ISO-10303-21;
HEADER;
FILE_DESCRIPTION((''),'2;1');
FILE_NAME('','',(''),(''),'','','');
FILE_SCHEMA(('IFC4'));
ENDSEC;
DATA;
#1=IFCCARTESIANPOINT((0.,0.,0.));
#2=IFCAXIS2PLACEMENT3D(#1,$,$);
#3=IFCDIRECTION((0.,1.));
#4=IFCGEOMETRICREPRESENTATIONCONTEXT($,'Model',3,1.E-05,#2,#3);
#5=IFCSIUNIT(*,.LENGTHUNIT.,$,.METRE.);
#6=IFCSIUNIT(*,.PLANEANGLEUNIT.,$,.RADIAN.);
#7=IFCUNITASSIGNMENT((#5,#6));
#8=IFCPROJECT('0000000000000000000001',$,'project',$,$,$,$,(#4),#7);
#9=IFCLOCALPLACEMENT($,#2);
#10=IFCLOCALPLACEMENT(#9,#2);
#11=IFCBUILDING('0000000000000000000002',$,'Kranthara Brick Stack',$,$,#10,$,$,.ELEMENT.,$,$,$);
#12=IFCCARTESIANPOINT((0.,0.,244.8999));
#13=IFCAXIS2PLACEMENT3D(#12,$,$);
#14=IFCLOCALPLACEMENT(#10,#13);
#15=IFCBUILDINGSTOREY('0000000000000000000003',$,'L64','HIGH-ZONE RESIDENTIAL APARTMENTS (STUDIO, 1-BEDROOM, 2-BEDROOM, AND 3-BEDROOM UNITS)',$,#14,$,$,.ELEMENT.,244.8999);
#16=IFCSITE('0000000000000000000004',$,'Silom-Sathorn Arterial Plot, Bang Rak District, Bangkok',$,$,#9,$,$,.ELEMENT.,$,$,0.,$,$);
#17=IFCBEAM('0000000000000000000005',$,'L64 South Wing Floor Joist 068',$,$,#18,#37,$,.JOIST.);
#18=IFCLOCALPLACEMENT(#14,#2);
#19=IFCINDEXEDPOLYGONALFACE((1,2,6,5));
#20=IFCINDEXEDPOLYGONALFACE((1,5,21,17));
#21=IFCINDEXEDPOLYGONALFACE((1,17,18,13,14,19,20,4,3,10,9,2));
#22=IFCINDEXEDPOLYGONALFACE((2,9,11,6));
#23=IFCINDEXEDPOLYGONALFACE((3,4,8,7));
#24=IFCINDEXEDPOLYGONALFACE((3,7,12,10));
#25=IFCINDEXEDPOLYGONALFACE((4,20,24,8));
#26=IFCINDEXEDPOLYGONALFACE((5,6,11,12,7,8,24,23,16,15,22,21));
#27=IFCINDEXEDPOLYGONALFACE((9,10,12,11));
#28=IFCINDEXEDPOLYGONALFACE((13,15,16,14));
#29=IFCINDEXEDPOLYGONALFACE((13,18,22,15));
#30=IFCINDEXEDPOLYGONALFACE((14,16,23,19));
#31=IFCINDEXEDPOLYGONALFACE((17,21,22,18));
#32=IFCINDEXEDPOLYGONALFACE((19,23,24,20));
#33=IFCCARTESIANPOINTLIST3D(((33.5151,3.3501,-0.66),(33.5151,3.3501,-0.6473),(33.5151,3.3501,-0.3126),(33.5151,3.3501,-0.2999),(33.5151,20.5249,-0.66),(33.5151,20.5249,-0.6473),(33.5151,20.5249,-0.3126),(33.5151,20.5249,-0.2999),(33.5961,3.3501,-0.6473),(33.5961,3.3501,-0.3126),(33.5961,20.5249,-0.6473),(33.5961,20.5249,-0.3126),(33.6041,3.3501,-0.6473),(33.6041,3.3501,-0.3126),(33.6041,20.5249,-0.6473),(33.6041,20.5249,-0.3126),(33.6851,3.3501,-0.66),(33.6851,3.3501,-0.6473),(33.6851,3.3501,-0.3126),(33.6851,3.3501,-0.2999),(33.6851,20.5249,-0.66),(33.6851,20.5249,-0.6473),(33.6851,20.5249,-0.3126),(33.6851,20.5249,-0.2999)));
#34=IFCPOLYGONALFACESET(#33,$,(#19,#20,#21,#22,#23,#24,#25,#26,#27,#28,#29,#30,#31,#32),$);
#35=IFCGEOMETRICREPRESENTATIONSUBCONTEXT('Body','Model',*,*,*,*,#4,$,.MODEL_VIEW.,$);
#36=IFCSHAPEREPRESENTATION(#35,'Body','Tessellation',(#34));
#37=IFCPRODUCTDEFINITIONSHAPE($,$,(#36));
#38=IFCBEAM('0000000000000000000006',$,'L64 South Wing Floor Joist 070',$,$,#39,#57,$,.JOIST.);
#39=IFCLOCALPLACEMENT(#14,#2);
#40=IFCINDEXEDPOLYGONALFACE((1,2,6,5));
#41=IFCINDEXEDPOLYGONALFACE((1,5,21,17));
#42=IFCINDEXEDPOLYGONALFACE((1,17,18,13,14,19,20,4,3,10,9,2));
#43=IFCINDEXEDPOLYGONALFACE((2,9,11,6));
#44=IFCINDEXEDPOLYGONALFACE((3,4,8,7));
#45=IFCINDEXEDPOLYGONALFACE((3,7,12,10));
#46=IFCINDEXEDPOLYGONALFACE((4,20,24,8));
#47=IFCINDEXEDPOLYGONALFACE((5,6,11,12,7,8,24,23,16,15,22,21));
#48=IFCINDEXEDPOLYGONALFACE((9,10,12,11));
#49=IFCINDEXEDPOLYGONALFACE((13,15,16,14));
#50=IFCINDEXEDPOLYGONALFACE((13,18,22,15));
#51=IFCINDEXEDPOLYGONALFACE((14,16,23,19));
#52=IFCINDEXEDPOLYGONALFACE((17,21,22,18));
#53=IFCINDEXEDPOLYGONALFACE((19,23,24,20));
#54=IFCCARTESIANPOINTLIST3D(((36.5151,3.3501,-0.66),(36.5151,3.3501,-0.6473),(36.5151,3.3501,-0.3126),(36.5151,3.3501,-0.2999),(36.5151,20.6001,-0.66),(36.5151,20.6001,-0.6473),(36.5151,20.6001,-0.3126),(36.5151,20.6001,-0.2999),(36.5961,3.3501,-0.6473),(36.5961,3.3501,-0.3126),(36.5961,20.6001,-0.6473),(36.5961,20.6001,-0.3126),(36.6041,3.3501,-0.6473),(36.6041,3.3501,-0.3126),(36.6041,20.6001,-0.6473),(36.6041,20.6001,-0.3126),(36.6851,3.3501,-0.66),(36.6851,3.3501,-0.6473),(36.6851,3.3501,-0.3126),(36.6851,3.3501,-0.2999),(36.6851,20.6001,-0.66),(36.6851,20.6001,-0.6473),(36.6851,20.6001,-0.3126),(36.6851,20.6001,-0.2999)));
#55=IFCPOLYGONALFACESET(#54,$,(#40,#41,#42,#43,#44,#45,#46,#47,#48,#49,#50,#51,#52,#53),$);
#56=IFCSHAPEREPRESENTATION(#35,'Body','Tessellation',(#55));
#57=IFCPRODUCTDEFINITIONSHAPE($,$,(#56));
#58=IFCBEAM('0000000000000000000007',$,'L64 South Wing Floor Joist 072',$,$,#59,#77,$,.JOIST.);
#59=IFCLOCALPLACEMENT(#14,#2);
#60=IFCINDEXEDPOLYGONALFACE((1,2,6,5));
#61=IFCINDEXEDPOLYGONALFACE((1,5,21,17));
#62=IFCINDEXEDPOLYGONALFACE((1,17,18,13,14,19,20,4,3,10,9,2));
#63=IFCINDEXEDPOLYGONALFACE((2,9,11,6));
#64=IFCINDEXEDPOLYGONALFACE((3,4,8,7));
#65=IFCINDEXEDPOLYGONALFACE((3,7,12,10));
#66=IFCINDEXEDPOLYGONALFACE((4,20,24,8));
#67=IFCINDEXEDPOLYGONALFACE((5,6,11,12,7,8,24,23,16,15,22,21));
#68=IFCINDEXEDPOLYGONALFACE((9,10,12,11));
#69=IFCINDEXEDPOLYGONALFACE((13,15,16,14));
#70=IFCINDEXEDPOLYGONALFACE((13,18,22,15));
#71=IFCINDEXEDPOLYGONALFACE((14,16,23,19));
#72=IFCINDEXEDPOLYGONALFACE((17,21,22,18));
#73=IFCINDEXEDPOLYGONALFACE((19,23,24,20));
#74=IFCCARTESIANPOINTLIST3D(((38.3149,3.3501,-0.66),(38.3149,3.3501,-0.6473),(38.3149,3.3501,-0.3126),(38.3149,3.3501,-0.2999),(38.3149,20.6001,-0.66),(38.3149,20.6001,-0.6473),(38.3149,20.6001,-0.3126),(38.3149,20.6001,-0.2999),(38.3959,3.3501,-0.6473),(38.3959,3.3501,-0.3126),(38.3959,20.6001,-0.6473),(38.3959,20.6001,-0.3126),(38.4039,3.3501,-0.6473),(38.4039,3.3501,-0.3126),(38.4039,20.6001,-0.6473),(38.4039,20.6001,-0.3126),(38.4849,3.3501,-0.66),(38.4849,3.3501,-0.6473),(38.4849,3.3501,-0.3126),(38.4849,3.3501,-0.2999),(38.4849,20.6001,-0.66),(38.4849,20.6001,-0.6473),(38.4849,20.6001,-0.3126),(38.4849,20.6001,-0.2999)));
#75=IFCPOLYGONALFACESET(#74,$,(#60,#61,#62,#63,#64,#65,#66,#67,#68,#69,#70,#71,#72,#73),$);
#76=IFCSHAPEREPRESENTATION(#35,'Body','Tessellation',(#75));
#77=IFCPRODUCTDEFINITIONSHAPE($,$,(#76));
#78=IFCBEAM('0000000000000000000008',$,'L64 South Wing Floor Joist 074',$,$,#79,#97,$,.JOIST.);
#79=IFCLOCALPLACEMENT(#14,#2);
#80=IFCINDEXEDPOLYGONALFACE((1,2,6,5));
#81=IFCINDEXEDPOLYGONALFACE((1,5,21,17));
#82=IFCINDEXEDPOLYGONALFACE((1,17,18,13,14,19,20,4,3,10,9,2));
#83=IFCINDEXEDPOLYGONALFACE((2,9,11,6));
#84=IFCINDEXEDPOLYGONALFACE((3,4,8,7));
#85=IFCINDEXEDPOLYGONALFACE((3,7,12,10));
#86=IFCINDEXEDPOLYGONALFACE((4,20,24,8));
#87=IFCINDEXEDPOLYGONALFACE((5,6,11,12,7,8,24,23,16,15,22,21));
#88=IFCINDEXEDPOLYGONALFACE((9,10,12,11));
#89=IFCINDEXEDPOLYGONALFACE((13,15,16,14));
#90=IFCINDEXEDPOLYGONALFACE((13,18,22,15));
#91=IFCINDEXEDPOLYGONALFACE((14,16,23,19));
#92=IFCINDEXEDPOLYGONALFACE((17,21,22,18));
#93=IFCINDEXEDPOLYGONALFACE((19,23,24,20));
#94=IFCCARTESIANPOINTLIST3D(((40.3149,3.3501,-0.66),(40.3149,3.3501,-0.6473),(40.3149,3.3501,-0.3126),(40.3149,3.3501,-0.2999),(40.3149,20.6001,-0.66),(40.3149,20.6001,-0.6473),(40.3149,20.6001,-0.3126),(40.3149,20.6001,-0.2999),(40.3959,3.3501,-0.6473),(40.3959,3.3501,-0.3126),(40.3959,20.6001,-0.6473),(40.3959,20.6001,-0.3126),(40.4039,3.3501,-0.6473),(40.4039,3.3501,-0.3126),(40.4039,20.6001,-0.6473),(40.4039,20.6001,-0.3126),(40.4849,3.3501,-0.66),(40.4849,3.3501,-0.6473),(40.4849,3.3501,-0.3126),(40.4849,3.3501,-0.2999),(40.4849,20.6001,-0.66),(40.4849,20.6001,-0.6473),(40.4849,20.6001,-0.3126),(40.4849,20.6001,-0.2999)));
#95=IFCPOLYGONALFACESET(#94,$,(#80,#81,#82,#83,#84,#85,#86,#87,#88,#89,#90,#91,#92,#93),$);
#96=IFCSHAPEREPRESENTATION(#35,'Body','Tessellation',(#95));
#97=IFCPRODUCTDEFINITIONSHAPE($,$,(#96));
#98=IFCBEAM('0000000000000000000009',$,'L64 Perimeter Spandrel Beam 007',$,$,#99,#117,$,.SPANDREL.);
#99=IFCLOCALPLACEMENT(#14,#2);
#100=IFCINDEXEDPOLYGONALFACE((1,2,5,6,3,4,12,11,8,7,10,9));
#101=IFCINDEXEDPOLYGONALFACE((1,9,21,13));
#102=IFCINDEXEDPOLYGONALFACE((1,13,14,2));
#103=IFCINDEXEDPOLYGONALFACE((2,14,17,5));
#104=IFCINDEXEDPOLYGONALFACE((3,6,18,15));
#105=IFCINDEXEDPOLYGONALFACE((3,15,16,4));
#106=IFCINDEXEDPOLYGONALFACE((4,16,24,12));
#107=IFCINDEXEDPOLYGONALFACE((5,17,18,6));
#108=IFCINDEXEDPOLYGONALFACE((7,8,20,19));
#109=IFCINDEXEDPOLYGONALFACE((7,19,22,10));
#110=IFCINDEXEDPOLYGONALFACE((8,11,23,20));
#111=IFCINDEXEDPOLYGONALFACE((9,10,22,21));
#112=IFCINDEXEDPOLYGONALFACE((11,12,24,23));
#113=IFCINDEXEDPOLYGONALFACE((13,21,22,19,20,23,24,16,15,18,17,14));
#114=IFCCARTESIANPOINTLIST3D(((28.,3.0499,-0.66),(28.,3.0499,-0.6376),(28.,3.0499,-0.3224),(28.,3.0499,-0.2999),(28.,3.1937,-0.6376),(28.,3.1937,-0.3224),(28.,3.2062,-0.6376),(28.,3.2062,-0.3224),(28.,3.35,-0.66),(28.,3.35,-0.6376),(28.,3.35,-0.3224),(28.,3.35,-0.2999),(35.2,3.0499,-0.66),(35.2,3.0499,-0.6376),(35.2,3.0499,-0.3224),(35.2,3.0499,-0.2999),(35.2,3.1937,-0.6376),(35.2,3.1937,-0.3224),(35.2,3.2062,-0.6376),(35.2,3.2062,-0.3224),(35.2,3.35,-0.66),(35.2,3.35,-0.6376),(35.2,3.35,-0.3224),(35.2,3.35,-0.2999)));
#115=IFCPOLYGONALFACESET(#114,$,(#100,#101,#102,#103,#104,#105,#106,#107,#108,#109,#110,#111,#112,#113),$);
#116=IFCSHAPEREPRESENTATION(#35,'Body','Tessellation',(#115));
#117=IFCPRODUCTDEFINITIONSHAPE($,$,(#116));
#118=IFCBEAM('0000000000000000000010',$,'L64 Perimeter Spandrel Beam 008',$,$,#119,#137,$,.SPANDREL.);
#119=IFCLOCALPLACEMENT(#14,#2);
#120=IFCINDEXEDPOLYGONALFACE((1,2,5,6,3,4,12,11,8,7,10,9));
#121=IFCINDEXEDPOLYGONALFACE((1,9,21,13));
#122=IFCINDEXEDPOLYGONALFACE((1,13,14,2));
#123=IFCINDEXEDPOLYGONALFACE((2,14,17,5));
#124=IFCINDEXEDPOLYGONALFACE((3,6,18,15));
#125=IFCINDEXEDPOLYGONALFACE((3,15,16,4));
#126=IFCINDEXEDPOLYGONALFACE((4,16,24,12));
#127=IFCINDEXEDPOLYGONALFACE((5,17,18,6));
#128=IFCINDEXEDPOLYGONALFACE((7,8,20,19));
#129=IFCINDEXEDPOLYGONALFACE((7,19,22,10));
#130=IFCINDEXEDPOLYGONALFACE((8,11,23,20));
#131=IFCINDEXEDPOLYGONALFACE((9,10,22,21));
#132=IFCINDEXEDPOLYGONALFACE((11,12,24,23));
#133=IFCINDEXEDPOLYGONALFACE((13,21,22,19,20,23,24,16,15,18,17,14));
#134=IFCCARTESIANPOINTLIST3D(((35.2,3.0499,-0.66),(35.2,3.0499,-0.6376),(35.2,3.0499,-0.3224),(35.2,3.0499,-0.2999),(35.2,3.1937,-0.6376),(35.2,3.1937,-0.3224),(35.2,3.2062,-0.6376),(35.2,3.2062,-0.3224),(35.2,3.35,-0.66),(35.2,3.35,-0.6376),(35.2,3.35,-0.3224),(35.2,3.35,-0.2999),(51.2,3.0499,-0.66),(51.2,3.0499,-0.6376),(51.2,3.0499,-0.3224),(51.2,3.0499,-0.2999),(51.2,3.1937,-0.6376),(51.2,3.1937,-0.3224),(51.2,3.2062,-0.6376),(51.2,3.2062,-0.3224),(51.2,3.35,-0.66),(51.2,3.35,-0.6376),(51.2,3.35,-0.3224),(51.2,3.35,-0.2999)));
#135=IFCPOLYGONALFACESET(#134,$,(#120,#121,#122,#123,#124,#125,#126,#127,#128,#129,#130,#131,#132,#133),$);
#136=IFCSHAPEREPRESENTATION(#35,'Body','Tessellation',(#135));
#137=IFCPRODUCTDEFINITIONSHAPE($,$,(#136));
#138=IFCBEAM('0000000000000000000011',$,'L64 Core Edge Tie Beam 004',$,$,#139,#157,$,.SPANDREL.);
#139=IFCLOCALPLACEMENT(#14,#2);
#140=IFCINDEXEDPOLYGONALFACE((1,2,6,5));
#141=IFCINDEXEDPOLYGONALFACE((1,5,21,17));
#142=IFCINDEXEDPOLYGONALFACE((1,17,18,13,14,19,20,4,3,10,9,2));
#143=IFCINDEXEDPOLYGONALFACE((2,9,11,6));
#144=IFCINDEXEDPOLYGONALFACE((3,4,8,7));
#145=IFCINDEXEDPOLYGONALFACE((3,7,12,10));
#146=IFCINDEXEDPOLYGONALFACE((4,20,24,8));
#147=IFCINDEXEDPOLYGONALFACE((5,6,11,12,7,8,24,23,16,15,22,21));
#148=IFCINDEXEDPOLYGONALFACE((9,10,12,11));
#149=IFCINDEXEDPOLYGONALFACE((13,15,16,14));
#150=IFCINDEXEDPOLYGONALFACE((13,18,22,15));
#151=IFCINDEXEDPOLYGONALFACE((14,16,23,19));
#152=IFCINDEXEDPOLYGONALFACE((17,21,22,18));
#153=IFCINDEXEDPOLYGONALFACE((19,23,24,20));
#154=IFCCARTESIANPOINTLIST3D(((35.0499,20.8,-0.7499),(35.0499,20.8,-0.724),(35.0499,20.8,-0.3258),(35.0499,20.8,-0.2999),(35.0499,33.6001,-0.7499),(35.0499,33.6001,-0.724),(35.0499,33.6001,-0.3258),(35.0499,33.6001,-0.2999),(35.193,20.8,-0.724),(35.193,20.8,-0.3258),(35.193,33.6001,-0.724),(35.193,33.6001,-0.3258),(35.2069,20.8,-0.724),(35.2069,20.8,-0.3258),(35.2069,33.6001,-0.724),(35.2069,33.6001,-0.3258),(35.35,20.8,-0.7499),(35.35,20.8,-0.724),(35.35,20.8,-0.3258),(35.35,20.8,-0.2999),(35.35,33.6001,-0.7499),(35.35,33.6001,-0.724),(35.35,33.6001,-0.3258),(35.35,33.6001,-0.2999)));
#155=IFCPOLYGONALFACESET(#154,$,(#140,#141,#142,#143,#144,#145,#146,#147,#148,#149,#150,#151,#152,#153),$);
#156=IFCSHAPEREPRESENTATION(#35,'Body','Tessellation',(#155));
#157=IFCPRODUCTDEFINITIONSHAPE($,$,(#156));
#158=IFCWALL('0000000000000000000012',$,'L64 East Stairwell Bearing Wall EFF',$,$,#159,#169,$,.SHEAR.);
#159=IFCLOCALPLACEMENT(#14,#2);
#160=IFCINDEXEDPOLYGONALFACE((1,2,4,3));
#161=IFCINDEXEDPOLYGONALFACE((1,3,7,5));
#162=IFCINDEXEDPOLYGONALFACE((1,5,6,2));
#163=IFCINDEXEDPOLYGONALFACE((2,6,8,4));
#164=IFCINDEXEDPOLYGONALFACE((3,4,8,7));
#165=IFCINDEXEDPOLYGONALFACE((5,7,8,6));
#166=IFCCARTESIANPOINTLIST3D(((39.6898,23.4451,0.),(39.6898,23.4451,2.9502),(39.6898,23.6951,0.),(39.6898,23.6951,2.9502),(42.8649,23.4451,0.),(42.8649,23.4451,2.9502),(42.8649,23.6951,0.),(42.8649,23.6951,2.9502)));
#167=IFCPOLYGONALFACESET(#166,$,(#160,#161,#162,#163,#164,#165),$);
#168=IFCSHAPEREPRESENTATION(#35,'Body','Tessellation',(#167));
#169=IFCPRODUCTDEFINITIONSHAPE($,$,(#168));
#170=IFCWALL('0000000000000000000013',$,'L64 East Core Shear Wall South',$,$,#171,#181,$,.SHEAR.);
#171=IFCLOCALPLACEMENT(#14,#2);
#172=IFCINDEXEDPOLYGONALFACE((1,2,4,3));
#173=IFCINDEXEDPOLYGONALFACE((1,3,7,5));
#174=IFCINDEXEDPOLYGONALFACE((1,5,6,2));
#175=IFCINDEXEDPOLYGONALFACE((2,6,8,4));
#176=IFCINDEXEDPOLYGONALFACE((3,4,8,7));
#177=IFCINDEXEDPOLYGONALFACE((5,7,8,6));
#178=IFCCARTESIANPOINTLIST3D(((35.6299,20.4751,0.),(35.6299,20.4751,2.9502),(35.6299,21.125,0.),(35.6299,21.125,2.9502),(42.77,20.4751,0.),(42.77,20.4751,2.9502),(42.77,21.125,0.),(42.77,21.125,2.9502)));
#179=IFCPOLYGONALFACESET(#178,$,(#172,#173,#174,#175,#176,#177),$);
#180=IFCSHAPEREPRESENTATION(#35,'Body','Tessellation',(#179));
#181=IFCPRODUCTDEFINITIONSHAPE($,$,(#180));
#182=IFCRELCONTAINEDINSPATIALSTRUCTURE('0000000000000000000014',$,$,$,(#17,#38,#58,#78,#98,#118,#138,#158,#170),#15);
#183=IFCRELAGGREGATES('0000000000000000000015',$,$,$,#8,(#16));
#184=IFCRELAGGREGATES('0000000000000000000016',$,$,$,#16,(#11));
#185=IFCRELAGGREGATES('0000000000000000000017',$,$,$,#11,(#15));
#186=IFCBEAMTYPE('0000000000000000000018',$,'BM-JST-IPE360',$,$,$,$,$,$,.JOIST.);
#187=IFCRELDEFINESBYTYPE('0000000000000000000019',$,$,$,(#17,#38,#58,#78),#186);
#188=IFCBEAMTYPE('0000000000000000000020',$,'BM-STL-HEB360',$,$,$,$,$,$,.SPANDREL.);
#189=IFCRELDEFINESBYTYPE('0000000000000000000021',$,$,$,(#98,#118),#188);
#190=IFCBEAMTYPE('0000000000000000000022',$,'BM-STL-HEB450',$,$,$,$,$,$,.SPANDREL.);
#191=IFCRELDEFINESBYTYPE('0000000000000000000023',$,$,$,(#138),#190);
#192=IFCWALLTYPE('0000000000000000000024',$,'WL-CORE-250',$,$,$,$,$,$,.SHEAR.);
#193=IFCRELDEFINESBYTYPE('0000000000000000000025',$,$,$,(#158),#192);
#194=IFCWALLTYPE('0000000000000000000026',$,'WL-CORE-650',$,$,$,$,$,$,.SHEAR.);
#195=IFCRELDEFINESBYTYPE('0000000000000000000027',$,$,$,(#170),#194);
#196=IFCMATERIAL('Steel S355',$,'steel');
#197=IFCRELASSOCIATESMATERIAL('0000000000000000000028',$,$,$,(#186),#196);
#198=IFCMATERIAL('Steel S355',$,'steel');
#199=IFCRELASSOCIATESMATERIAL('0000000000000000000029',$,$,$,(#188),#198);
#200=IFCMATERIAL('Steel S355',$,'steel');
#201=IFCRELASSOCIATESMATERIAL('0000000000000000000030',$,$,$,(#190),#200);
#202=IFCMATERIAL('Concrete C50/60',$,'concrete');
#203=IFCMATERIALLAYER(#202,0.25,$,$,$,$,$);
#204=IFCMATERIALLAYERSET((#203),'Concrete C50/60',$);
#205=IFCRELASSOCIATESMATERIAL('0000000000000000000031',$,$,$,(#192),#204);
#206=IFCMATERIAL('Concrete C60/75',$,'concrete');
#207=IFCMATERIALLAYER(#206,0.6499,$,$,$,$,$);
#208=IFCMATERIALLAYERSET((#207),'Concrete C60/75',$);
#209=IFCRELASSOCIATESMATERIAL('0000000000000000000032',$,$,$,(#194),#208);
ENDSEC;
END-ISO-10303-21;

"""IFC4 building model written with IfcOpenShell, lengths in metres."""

from ifc_helpers import new_model, si_unit, direction, frame, frame_2d, origin, origin_2d, place, context, subcontext, project, spatial, rectangle, i_section, extrude, material, layer, layer_set, material_profile, profile_set, type_object, element, save


model = new_model("IFC4")

# Units and contexts
model_context = context("Model", 3, precision=1e-05, world=origin(), true_north=direction((0.0, 1.0)))
body_context = subcontext(model_context, "Body", "Model", "MODEL_VIEW")
ifc_project = project(units=[si_unit("LENGTHUNIT", "METRE"), si_unit("PLANEANGLEUNIT", "RADIAN")], contexts=[model_context])

# Site, building, storey
site_placement = place(None, origin())
site = spatial("IfcSite", under=ifc_project, at=site_placement, Name="Silom-Sathorn Arterial Plot, Bang Rak District, Bangkok", CompositionType="ELEMENT", RefElevation=0.0)
building_placement = place(site_placement, origin())
building = spatial("IfcBuilding", under=site, at=building_placement, Name="Kranthara Brick Stack", CompositionType="ELEMENT")
storey_placement = place(building_placement, frame((0.0, 0.0, 244.8999)))
storey = spatial("IfcBuildingStorey", under=building, at=storey_placement, Name="L64", Description="HIGH-ZONE RESIDENTIAL APARTMENTS (STUDIO, 1-BEDROOM, 2-BEDROOM, AND 3-BEDROOM UNITS)", CompositionType="ELEMENT", Elevation=244.8999)

# Beams
ifc_material_1 = material(Name="Steel S355", Category="steel")
ifc_material_profile_1 = material_profile(ifc_material_1, i_section(OverallWidth=0.1699, OverallDepth=0.3601, WebThickness=0.0081, FlangeThickness=0.0127, at=origin_2d()), Name="IPE 360")
ifc_profile_set_1 = profile_set([ifc_material_profile_1], Name="Steel S355")
beam_type_1 = type_object("IfcBeamType", Name="BM-JST-IPE360", PredefinedType="JOIST", material=ifc_profile_set_1)
for number, where, z_axis, x_axis, name in (
    (1, (33.6001, 3.3501, -0.48), (0.0, 1.0, 0.0), (-1.0, 0.0, 0.0), "L64 South Wing Floor Joist 068"),
):
    element("IfcBeam", number, at=place(storey_placement, frame(where, z_axis=z_axis, x_axis=x_axis)), inside=storey, type_object=beam_type_1, Name=name, PredefinedType="JOIST", context=body_context, shape_type="SweptSolid", body=[
        extrude(i_section(OverallWidth=0.1699, OverallDepth=0.3601, WebThickness=0.0081, FlangeThickness=0.0127, at=origin_2d()), origin(), (0.0, 0.0, 1.0), 17.1748),
    ])
for number, where, z_axis, x_axis, name in (
    (2, (36.6001, 3.3501, -0.48), (0.0, 1.0, 0.0), (-1.0, 0.0, 0.0), "L64 South Wing Floor Joist 070"),
    (3, (38.3999, 3.3501, -0.48), (0.0, 1.0, 0.0), (-1.0, 0.0, 0.0), "L64 South Wing Floor Joist 072"),
    (4, (40.3999, 3.3501, -0.48), (0.0, 1.0, 0.0), (-1.0, 0.0, 0.0), "L64 South Wing Floor Joist 074"),
):
    element("IfcBeam", number, at=place(storey_placement, frame(where, z_axis=z_axis, x_axis=x_axis)), inside=storey, type_object=beam_type_1, Name=name, PredefinedType="JOIST", context=body_context, shape_type="SweptSolid", body=[
        extrude(i_section(OverallWidth=0.1699, OverallDepth=0.3601, WebThickness=0.0081, FlangeThickness=0.0127, at=origin_2d()), origin(), (0.0, 0.0, 1.0), 17.25),
    ])
ifc_material_2 = material(Name="Steel S355", Category="steel")
ifc_material_profile_2 = material_profile(ifc_material_2, i_section(OverallWidth=0.3, OverallDepth=0.3601, WebThickness=0.0125, FlangeThickness=0.0225, at=origin_2d()), Name="HEB 360")
ifc_profile_set_2 = profile_set([ifc_material_profile_2], Name="Steel S355")
beam_type_2 = type_object("IfcBeamType", Name="BM-STL-HEB360", PredefinedType="SPANDREL", material=ifc_profile_set_2)
beam_1_placement = place(storey_placement, frame((28.0, 3.2, -0.48), z_axis=(1.0, 0.0, 0.0), x_axis=(0.0, 1.0, 0.0)))
element("IfcBeam", 5, at=beam_1_placement, inside=storey, type_object=beam_type_2, Name="L64 Perimeter Spandrel Beam 007", PredefinedType="SPANDREL", context=body_context, shape_type="SweptSolid", body=[
    extrude(i_section(OverallWidth=0.3, OverallDepth=0.3601, WebThickness=0.0125, FlangeThickness=0.0225, at=origin_2d()), origin(), (0.0, 0.0, 1.0), 7.2),
])
beam_2_placement = place(storey_placement, frame((35.2, 3.2, -0.48), z_axis=(1.0, 0.0, 0.0), x_axis=(0.0, 1.0, 0.0)))
element("IfcBeam", 6, at=beam_2_placement, inside=storey, type_object=beam_type_2, Name="L64 Perimeter Spandrel Beam 008", PredefinedType="SPANDREL", context=body_context, shape_type="SweptSolid", body=[
    extrude(i_section(OverallWidth=0.3, OverallDepth=0.3601, WebThickness=0.0125, FlangeThickness=0.0225, at=origin_2d()), origin(), (0.0, 0.0, 1.0), 16.0),
])
ifc_material_3 = material(Name="Steel S355", Category="steel")
ifc_material_profile_3 = material_profile(ifc_material_3, i_section(OverallWidth=0.3, OverallDepth=0.45, WebThickness=0.0139, FlangeThickness=0.0259, at=origin_2d()), Name="HEB 450")
ifc_profile_set_3 = profile_set([ifc_material_profile_3], Name="Steel S355")
beam_type_3 = type_object("IfcBeamType", Name="BM-STL-HEB450", PredefinedType="SPANDREL", material=ifc_profile_set_3)
beam_3_placement = place(storey_placement, frame((35.2, 20.8, -0.5249), z_axis=(0.0, 1.0, 0.0), x_axis=(-1.0, 0.0, 0.0)))
element("IfcBeam", 7, at=beam_3_placement, inside=storey, type_object=beam_type_3, Name="L64 Core Edge Tie Beam 004", PredefinedType="SPANDREL", context=body_context, shape_type="SweptSolid", body=[
    extrude(i_section(OverallWidth=0.3, OverallDepth=0.45, WebThickness=0.0139, FlangeThickness=0.0259, at=origin_2d()), origin(), (0.0, 0.0, 1.0), 12.8),
])

# Shared definitions
ifc_material_4 = material(Name="Concrete C50/60", Category="concrete")
ifc_layer_1 = layer(ifc_material_4, 0.25)
ifc_layer_set_1 = layer_set([ifc_layer_1], Name="Concrete C50/60")
wall_type_1 = type_object("IfcWallType", Name="WL-CORE-250", PredefinedType="SHEAR", material=ifc_layer_set_1)

# Walls
wall_1_placement = place(storey_placement, frame((39.6899, 23.5701, 0.0), z_axis=(0.0, 0.0, 1.0), x_axis=(1.0, 0.0, 0.0)))
element("IfcWall", 8, at=wall_1_placement, inside=storey, type_object=wall_type_1, Name="L64 East Stairwell Bearing Wall EFF", PredefinedType="SHEAR", context=body_context, shape_type="SweptSolid", body=[
    extrude(rectangle(XDim=3.175, YDim=0.25, at=frame_2d((1.5874, 0.0))), origin(), (0.0, 0.0, 1.0), 2.9502),
])
ifc_material_5 = material(Name="Concrete C60/75", Category="concrete")
ifc_layer_2 = layer(ifc_material_5, 0.6499)
ifc_layer_set_2 = layer_set([ifc_layer_2], Name="Concrete C60/75")
wall_type_2 = type_object("IfcWallType", Name="WL-CORE-650", PredefinedType="SHEAR", material=ifc_layer_set_2)
wall_2_placement = place(storey_placement, frame((35.6299, 20.8, 0.0), z_axis=(0.0, 0.0, 1.0), x_axis=(1.0, 0.0, 0.0)))
element("IfcWall", 9, at=wall_2_placement, inside=storey, type_object=wall_type_2, Name="L64 East Core Shear Wall South", PredefinedType="SHEAR", context=body_context, shape_type="SweptSolid", body=[
    extrude(rectangle(XDim=7.1401, YDim=0.6499, at=frame_2d((3.5701, 0.0))), origin(), (0.0, 0.0, 1.0), 2.9502),
])

save(model, "model.ifc")
